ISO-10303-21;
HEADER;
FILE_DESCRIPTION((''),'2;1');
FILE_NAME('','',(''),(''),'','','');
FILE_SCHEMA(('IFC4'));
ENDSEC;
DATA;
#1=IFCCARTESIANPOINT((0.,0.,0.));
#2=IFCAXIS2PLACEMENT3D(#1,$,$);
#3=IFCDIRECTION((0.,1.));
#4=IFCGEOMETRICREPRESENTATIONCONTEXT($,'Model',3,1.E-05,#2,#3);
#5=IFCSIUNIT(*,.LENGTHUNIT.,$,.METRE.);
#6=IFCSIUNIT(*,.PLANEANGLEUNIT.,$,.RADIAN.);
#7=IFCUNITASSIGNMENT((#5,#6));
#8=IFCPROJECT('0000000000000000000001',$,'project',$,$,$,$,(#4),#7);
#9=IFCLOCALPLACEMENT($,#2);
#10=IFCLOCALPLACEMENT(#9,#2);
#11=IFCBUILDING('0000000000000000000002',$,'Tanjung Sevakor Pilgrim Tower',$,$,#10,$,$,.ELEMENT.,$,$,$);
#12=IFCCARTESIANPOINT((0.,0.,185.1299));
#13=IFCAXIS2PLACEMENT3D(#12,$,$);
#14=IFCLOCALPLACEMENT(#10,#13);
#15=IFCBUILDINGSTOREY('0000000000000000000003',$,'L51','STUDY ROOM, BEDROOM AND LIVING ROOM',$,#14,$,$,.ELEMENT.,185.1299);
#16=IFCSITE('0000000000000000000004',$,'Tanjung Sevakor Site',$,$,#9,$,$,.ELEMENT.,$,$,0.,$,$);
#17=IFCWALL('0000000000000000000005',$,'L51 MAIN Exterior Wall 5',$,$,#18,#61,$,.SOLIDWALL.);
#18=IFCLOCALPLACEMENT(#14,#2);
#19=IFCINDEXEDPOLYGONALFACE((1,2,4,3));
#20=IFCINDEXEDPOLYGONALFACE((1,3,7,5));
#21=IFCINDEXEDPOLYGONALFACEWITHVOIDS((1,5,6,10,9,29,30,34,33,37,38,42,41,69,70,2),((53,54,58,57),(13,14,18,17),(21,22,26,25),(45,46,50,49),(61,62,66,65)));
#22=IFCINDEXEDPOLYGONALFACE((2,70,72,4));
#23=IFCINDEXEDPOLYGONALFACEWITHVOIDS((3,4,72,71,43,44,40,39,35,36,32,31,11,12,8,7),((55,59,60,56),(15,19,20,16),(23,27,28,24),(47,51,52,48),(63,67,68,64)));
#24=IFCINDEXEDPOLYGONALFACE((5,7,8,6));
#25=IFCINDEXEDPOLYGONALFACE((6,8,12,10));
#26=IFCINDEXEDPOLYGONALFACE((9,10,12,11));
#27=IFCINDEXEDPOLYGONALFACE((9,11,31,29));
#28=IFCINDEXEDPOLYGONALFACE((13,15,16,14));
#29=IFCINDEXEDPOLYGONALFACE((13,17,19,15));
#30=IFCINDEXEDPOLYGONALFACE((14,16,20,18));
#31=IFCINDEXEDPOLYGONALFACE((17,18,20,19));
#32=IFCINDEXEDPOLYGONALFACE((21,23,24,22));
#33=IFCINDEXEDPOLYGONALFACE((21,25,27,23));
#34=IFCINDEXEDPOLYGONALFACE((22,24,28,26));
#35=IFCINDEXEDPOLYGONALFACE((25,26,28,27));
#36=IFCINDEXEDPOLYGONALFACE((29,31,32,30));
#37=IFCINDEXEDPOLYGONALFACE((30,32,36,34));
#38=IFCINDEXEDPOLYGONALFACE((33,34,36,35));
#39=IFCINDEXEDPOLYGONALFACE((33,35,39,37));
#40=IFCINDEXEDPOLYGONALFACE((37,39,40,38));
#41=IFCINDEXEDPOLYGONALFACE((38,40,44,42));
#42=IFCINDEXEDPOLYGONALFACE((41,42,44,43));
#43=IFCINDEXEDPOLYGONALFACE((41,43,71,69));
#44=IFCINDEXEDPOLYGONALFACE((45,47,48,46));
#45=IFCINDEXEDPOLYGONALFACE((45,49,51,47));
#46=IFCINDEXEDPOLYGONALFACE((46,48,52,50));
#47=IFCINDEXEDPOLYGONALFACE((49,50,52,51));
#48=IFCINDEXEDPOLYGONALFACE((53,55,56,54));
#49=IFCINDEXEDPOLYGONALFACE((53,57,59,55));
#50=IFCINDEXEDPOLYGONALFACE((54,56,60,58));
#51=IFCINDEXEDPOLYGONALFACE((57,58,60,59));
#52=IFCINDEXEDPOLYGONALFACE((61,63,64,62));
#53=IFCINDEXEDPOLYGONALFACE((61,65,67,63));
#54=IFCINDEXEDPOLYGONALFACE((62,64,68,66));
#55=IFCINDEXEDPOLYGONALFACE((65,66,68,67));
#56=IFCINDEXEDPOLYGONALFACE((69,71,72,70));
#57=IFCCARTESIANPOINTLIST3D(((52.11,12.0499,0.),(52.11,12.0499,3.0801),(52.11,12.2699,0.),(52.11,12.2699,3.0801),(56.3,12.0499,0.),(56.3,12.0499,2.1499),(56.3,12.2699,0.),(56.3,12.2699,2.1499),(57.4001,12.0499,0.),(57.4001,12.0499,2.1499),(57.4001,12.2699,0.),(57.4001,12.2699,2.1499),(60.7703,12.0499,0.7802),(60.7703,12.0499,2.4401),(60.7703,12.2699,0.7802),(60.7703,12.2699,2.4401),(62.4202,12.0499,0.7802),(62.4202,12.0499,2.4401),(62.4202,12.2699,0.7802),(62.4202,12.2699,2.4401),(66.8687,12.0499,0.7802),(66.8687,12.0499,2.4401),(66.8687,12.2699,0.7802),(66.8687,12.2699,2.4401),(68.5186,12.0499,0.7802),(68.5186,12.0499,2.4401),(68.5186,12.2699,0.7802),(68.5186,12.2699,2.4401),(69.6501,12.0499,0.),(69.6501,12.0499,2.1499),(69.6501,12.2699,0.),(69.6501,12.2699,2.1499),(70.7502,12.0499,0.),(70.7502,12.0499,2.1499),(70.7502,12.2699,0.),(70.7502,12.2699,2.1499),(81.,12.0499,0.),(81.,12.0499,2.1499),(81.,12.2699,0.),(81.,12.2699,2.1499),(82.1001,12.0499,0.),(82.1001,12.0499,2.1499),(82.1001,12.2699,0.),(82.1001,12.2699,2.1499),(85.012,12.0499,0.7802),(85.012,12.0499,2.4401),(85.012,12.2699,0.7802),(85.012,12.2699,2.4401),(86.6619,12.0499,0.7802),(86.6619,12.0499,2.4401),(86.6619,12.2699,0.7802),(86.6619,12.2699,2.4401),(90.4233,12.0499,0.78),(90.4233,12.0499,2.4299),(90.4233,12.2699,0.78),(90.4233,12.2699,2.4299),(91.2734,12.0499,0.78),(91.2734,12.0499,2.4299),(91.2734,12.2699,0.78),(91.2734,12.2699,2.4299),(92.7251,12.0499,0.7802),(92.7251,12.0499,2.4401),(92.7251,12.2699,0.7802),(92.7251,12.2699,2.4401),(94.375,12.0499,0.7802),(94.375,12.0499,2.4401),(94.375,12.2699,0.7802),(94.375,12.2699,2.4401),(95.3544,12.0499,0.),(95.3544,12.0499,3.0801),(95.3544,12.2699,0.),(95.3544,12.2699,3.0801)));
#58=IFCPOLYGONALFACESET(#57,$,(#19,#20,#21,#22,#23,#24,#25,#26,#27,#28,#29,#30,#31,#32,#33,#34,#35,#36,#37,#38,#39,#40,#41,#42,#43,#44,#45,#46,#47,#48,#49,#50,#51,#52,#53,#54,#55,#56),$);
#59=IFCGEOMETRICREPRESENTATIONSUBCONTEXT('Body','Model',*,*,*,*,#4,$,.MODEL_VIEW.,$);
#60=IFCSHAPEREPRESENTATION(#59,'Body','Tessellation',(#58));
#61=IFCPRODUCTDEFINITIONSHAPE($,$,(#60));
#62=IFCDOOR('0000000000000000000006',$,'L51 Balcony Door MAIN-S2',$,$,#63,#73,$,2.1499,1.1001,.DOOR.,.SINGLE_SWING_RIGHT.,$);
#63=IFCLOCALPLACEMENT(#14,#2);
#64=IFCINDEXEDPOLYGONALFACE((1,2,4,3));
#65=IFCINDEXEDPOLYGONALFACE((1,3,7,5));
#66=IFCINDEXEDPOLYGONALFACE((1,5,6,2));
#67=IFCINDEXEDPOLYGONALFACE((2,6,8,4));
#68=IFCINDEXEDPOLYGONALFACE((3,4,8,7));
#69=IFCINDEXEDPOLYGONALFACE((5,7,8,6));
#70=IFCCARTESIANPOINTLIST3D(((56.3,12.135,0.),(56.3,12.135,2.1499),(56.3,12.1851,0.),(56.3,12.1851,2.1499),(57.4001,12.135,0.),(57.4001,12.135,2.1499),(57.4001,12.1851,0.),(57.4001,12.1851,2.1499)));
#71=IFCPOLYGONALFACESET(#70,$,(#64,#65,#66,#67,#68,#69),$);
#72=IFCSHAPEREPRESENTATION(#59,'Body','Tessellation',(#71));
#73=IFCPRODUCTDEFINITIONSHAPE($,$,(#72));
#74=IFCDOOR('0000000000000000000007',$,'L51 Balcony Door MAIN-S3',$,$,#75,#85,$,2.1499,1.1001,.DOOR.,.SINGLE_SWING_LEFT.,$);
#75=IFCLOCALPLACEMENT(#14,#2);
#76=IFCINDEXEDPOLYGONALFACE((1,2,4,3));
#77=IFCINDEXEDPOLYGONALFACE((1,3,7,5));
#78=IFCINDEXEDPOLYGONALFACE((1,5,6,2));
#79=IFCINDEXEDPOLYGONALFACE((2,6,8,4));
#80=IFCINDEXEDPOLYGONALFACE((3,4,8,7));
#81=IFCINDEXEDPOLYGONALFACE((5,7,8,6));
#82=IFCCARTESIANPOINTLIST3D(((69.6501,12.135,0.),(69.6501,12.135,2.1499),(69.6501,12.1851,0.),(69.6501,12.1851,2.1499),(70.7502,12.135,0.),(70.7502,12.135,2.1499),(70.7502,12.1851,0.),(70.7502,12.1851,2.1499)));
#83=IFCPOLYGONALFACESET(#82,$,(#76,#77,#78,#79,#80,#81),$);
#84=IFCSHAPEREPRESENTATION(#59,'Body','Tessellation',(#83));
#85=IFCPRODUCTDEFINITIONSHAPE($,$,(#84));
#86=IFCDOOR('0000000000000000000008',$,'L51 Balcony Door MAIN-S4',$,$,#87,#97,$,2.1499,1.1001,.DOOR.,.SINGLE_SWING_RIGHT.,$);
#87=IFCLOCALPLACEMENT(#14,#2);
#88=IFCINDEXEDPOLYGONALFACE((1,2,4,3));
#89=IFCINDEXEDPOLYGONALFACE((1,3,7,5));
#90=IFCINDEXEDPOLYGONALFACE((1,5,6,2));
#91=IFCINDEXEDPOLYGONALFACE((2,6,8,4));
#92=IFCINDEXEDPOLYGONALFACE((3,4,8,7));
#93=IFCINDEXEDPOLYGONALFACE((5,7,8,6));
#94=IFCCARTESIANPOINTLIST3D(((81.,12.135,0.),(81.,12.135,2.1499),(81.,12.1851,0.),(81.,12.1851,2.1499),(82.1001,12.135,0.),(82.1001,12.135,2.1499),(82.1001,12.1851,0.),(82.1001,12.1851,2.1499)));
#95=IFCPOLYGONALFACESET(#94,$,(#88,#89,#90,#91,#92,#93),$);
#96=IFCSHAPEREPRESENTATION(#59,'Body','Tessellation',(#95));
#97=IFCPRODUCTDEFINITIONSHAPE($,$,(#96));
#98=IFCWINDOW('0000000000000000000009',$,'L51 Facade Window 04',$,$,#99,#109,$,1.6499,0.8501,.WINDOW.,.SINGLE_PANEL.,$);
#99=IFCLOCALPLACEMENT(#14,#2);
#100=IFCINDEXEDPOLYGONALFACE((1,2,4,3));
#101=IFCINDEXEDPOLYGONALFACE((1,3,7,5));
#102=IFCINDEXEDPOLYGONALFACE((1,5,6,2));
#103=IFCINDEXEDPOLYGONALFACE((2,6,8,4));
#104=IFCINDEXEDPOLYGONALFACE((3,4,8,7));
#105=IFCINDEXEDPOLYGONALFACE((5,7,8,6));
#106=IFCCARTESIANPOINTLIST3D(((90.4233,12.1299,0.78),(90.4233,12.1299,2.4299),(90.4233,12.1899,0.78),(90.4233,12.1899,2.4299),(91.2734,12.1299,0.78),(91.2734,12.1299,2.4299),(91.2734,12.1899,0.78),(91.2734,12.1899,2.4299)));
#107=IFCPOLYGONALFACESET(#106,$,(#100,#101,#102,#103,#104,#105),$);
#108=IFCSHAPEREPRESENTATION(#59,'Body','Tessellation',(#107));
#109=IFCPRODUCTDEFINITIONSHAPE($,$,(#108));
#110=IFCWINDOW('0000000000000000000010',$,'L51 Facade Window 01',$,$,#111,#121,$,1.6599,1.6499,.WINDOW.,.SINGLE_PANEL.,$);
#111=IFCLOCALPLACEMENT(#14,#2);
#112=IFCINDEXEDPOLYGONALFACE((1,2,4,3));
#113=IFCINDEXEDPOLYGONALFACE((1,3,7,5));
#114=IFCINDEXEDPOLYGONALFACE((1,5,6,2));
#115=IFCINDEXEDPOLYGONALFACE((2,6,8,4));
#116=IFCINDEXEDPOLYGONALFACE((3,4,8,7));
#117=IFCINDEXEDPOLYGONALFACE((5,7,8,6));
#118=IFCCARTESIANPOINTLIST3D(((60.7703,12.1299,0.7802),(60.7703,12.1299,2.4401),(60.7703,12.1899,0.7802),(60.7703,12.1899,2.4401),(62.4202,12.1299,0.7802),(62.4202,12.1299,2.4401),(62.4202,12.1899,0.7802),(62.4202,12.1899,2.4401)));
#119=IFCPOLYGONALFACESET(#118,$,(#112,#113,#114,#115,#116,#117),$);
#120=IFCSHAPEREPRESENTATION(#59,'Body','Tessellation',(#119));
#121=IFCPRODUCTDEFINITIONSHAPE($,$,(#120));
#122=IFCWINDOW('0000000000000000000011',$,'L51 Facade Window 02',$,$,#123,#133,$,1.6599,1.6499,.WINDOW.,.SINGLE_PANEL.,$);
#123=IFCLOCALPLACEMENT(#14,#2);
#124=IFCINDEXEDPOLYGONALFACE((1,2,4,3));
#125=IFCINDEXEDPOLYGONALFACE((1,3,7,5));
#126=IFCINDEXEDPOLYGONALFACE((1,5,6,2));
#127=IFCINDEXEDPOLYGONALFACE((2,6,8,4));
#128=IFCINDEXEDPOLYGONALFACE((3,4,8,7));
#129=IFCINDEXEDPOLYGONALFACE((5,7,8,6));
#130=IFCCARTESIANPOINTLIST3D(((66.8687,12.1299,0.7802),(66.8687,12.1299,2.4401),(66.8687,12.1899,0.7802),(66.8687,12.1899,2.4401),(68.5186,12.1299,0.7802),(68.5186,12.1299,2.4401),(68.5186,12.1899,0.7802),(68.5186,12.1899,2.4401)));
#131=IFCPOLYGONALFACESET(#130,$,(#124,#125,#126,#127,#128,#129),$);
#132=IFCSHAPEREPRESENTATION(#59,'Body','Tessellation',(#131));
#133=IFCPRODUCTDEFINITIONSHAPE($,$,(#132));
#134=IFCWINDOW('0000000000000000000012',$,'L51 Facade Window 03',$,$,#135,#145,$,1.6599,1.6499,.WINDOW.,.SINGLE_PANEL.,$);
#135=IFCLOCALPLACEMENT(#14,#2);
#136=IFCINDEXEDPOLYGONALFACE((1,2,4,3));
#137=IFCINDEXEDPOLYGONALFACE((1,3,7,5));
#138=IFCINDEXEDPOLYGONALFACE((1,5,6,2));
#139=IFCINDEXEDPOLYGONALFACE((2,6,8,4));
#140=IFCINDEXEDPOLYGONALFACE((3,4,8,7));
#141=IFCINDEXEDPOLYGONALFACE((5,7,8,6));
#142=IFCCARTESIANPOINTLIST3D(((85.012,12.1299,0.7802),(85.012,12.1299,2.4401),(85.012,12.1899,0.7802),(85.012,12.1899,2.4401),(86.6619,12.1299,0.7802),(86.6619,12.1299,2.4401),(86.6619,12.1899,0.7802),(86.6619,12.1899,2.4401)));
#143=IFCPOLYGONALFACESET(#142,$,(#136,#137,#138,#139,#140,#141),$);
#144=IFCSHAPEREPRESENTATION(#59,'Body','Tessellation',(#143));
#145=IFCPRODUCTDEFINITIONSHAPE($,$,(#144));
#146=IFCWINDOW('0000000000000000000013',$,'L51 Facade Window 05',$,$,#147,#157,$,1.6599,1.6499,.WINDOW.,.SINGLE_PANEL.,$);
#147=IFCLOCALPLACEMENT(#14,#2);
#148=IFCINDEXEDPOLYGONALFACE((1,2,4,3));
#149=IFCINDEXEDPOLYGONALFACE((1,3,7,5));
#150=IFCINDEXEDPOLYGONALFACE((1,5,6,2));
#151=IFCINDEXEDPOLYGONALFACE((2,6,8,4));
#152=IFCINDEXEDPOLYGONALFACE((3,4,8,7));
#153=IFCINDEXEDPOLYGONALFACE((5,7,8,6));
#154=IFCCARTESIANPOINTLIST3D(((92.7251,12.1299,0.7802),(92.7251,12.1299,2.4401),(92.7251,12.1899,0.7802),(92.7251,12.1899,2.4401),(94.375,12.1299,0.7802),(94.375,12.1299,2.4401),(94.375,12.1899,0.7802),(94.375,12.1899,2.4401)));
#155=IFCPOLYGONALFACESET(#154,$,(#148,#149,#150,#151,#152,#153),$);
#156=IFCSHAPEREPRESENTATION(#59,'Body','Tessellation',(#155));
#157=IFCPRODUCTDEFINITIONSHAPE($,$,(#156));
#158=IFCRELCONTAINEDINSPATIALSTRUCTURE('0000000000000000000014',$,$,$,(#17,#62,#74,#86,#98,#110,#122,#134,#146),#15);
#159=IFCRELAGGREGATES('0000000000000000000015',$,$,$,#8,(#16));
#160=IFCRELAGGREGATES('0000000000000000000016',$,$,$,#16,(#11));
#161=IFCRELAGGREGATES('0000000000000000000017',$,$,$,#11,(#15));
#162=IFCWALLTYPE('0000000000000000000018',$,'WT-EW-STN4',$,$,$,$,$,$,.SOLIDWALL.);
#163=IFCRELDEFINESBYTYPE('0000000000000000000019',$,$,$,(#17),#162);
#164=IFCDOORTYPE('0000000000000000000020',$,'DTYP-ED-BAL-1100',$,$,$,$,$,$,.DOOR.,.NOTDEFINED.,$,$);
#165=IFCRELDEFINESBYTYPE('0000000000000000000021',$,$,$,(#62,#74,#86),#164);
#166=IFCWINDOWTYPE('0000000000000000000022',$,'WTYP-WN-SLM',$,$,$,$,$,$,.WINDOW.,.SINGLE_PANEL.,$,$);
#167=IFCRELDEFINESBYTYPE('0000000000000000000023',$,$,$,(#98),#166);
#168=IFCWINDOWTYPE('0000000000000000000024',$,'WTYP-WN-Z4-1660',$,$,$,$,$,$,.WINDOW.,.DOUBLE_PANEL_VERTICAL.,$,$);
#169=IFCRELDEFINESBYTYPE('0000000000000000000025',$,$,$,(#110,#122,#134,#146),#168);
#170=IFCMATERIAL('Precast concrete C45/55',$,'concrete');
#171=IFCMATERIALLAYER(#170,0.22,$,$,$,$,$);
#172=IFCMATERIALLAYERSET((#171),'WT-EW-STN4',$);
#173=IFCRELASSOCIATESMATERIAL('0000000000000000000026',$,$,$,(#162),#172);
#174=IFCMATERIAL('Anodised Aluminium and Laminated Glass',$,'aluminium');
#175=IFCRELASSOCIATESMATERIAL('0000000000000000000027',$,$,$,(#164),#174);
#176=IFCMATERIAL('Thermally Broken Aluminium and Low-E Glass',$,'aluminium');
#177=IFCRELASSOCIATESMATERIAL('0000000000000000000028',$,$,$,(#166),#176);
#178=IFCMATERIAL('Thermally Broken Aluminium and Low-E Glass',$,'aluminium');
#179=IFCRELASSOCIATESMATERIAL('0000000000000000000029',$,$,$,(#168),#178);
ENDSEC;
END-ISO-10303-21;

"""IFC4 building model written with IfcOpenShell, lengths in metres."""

from ifc_helpers import new_model, si_unit, direction, frame, frame_2d, origin, place, context, subcontext, project, spatial, rectangle, extrude, material, layer, layer_set, type_object, element, fill, save


model = new_model("IFC4")

# Units and contexts
model_context = context("Model", 3, precision=1e-05, world=origin(), true_north=direction((0.0, 1.0)))
body_context = subcontext(model_context, "Body", "Model", "MODEL_VIEW")
ifc_project = project(units=[si_unit("LENGTHUNIT", "METRE"), si_unit("PLANEANGLEUNIT", "RADIAN")], contexts=[model_context])

# Site, building, storey
site_placement = place(None, origin())
site = spatial("IfcSite", under=ifc_project, at=site_placement, Name="Tanjung Sevakor Site", CompositionType="ELEMENT", RefElevation=0.0)
building_placement = place(site_placement, origin())
building = spatial("IfcBuilding", under=site, at=building_placement, Name="Tanjung Sevakor Pilgrim Tower", CompositionType="ELEMENT")
storey_placement = place(building_placement, frame((0.0, 0.0, 185.1299)))
storey = spatial("IfcBuildingStorey", under=building, at=storey_placement, Name="L51", Description="STUDY ROOM, BEDROOM AND LIVING ROOM", CompositionType="ELEMENT", Elevation=185.1299)

# Shared definitions
ifc_material_1 = material(Name="Precast concrete C45/55", Category="concrete")
ifc_layer_1 = layer(ifc_material_1, 0.22)
ifc_layer_set_1 = layer_set([ifc_layer_1], Name="WT-EW-STN4")
wall_type_1 = type_object("IfcWallType", Name="WT-EW-STN4", PredefinedType="SOLIDWALL", material=ifc_layer_set_1)

# Wall, openings, doors, windows
wall_1_placement = place(storey_placement, frame((52.1101, 12.1599, 0.0), z_axis=(0.0, 0.0, 1.0), x_axis=(1.0, 0.0, 0.0)))
wall_1 = element("IfcWall", 1, at=wall_1_placement, inside=storey, type_object=wall_type_1, Name="L51 MAIN Exterior Wall 5", PredefinedType="SOLIDWALL", context=body_context, shape_type="SweptSolid", body=[
    extrude(rectangle(XDim=43.2444, YDim=0.22, at=frame_2d((21.6221, 0.0))), origin(), (0.0, 0.0, 1.0), 3.0801),
])
opening_1_placement = place(wall_1_placement, frame((4.1899, 0.0, 0.0)))
opening_1 = element("IfcOpeningElement", 2, at=opening_1_placement, cuts=wall_1, PredefinedType="OPENING", context=body_context, shape_type="SweptSolid", body=[
    extrude(rectangle(XDim=1.1001, YDim=2.1499, at=frame_2d((0.55, 1.075))), frame((0.0, 0.1199, 0.0), z_axis=(0.0, -1.0, 0.0), x_axis=(1.0, 0.0, 0.0)), (0.0, 0.0, 1.0), 0.24),
])
opening_2_placement = place(wall_1_placement, frame((17.54, 0.0, 0.0)))
opening_2 = element("IfcOpeningElement", 3, at=opening_2_placement, cuts=wall_1, PredefinedType="OPENING", context=body_context, shape_type="SweptSolid", body=[
    extrude(rectangle(XDim=1.1001, YDim=2.1499, at=frame_2d((0.55, 1.075))), frame((0.0, 0.1199, 0.0), z_axis=(0.0, -1.0, 0.0), x_axis=(1.0, 0.0, 0.0)), (0.0, 0.0, 1.0), 0.24),
])
opening_3_placement = place(wall_1_placement, frame((28.8899, 0.0, 0.0)))
opening_3 = element("IfcOpeningElement", 4, at=opening_3_placement, cuts=wall_1, PredefinedType="OPENING", context=body_context, shape_type="SweptSolid", body=[
    extrude(rectangle(XDim=1.1001, YDim=2.1499, at=frame_2d((0.55, 1.075))), frame((0.0, 0.1199, 0.0), z_axis=(0.0, -1.0, 0.0), x_axis=(1.0, 0.0, 0.0)), (0.0, 0.0, 1.0), 0.24),
])
opening_4_placement = place(wall_1_placement, frame((8.6602, 0.0, 0.78)))
opening_4 = element("IfcOpeningElement", 5, at=opening_4_placement, cuts=wall_1, PredefinedType="OPENING", context=body_context, shape_type="SweptSolid", body=[
    extrude(rectangle(XDim=1.6499, YDim=1.6599, at=frame_2d((0.825, 0.8301))), frame((0.0, 0.1199, 0.0), z_axis=(0.0, -1.0, 0.0), x_axis=(1.0, 0.0, 0.0)), (0.0, 0.0, 1.0), 0.24),
])
opening_5_placement = place(wall_1_placement, frame((14.7585, 0.0, 0.78)))
opening_5 = element("IfcOpeningElement", 6, at=opening_5_placement, cuts=wall_1, PredefinedType="OPENING", context=body_context, shape_type="SweptSolid", body=[
    extrude(rectangle(XDim=1.6499, YDim=1.6599, at=frame_2d((0.825, 0.8301))), frame((0.0, 0.1199, 0.0), z_axis=(0.0, -1.0, 0.0), x_axis=(1.0, 0.0, 0.0)), (0.0, 0.0, 1.0), 0.24),
])
opening_6_placement = place(wall_1_placement, frame((32.9019, 0.0, 0.78)))
opening_6 = element("IfcOpeningElement", 7, at=opening_6_placement, cuts=wall_1, PredefinedType="OPENING", context=body_context, shape_type="SweptSolid", body=[
    extrude(rectangle(XDim=1.6499, YDim=1.6599, at=frame_2d((0.825, 0.8301))), frame((0.0, 0.1199, 0.0), z_axis=(0.0, -1.0, 0.0), x_axis=(1.0, 0.0, 0.0)), (0.0, 0.0, 1.0), 0.24),
])
opening_7_placement = place(wall_1_placement, frame((38.3132, 0.0, 0.78)))
opening_7 = element("IfcOpeningElement", 8, at=opening_7_placement, cuts=wall_1, PredefinedType="OPENING", context=body_context, shape_type="SweptSolid", body=[
    extrude(rectangle(XDim=0.8501, YDim=1.6499, at=frame_2d((0.425, 0.825))), frame((0.0, 0.1199, 0.0), z_axis=(0.0, -1.0, 0.0), x_axis=(1.0, 0.0, 0.0)), (0.0, 0.0, 1.0), 0.24),
])
opening_8_placement = place(wall_1_placement, frame((40.615, 0.0, 0.78)))
opening_8 = element("IfcOpeningElement", 9, at=opening_8_placement, cuts=wall_1, PredefinedType="OPENING", context=body_context, shape_type="SweptSolid", body=[
    extrude(rectangle(XDim=1.6499, YDim=1.6599, at=frame_2d((0.825, 0.8301))), frame((0.0, 0.1199, 0.0), z_axis=(0.0, -1.0, 0.0), x_axis=(1.0, 0.0, 0.0)), (0.0, 0.0, 1.0), 0.24),
])
ifc_material_2 = material(Name="Anodised Aluminium and Laminated Glass", Category="aluminium")
door_type = type_object("IfcDoorType", Name="DTYP-ED-BAL-1100", OperationType="NOTDEFINED", PredefinedType="DOOR", material=ifc_material_2)
door_1_placement = place(opening_1_placement, frame((1.1001, 0.0, 0.0), z_axis=(0.0, 0.0, 1.0), x_axis=(-1.0, 0.0, 0.0)))
door_1 = element("IfcDoor", 10, at=door_1_placement, inside=storey, type_object=door_type, Name="L51 Balcony Door MAIN-S2", OperationType="SINGLE_SWING_RIGHT", OverallHeight=2.1499, OverallWidth=1.1001, PredefinedType="DOOR", context=body_context, shape_type="SweptSolid", body=[
    extrude(rectangle(XDim=1.1001, YDim=2.1499, at=frame_2d((0.55, 1.075))), frame((0.0, 0.0249, 0.0), z_axis=(0.0, -1.0, 0.0), x_axis=(1.0, 0.0, 0.0)), (0.0, 0.0, 1.0), 0.05),
])
fill(opening_1, door_1)
door_2_placement = place(opening_2_placement, frame((1.1001, 0.0, 0.0), z_axis=(0.0, 0.0, 1.0), x_axis=(-1.0, 0.0, 0.0)))
door_2 = element("IfcDoor", 11, at=door_2_placement, inside=storey, type_object=door_type, Name="L51 Balcony Door MAIN-S3", OperationType="SINGLE_SWING_LEFT", OverallHeight=2.1499, OverallWidth=1.1001, PredefinedType="DOOR", context=body_context, shape_type="SweptSolid", body=[
    extrude(rectangle(XDim=1.1001, YDim=2.1499, at=frame_2d((0.55, 1.075))), frame((0.0, 0.0249, 0.0), z_axis=(0.0, -1.0, 0.0), x_axis=(1.0, 0.0, 0.0)), (0.0, 0.0, 1.0), 0.05),
])
fill(opening_2, door_2)
door_3_placement = place(opening_3_placement, frame((1.1001, 0.0, 0.0), z_axis=(0.0, 0.0, 1.0), x_axis=(-1.0, 0.0, 0.0)))
door_3 = element("IfcDoor", 12, at=door_3_placement, inside=storey, type_object=door_type, Name="L51 Balcony Door MAIN-S4", OperationType="SINGLE_SWING_RIGHT", OverallHeight=2.1499, OverallWidth=1.1001, PredefinedType="DOOR", context=body_context, shape_type="SweptSolid", body=[
    extrude(rectangle(XDim=1.1001, YDim=2.1499, at=frame_2d((0.55, 1.075))), frame((0.0, 0.0249, 0.0), z_axis=(0.0, -1.0, 0.0), x_axis=(1.0, 0.0, 0.0)), (0.0, 0.0, 1.0), 0.05),
])
fill(opening_3, door_3)
ifc_material_3 = material(Name="Thermally Broken Aluminium and Low-E Glass", Category="aluminium")
window_type_1 = type_object("IfcWindowType", Name="WTYP-WN-SLM", PartitioningType="SINGLE_PANEL", PredefinedType="WINDOW", material=ifc_material_3)
window_1_placement = place(opening_7_placement, origin())
window_1 = element("IfcWindow", 13, at=window_1_placement, inside=storey, type_object=window_type_1, Name="L51 Facade Window 04", OverallHeight=1.6499, OverallWidth=0.8501, PartitioningType="SINGLE_PANEL", PredefinedType="WINDOW", context=body_context, shape_type="SweptSolid", body=[
    extrude(rectangle(XDim=0.8501, YDim=1.6499, at=frame_2d((0.425, 0.825))), frame((0.0, 0.03, 0.0), z_axis=(0.0, -1.0, 0.0), x_axis=(1.0, 0.0, 0.0)), (0.0, 0.0, 1.0), 0.0601),
])
fill(opening_7, window_1)
ifc_material_4 = material(Name="Thermally Broken Aluminium and Low-E Glass", Category="aluminium")
window_type_2 = type_object("IfcWindowType", Name="WTYP-WN-Z4-1660", PartitioningType="DOUBLE_PANEL_VERTICAL", PredefinedType="WINDOW", material=ifc_material_4)
window_2_placement = place(opening_4_placement, origin())
window_2 = element("IfcWindow", 14, at=window_2_placement, inside=storey, type_object=window_type_2, Name="L51 Facade Window 01", OverallHeight=1.6599, OverallWidth=1.6499, PartitioningType="SINGLE_PANEL", PredefinedType="WINDOW", context=body_context, shape_type="SweptSolid", body=[
    extrude(rectangle(XDim=1.6499, YDim=1.6599, at=frame_2d((0.825, 0.8301))), frame((0.0, 0.03, 0.0), z_axis=(0.0, -1.0, 0.0), x_axis=(1.0, 0.0, 0.0)), (0.0, 0.0, 1.0), 0.0601),
])
fill(opening_4, window_2)
window_3_placement = place(opening_5_placement, origin())
window_3 = element("IfcWindow", 15, at=window_3_placement, inside=storey, type_object=window_type_2, Name="L51 Facade Window 02", OverallHeight=1.6599, OverallWidth=1.6499, PartitioningType="SINGLE_PANEL", PredefinedType="WINDOW", context=body_context, shape_type="SweptSolid", body=[
    extrude(rectangle(XDim=1.6499, YDim=1.6599, at=frame_2d((0.825, 0.8301))), frame((0.0, 0.03, 0.0), z_axis=(0.0, -1.0, 0.0), x_axis=(1.0, 0.0, 0.0)), (0.0, 0.0, 1.0), 0.0601),
])
fill(opening_5, window_3)
window_4_placement = place(opening_6_placement, origin())
window_4 = element("IfcWindow", 16, at=window_4_placement, inside=storey, type_object=window_type_2, Name="L51 Facade Window 03", OverallHeight=1.6599, OverallWidth=1.6499, PartitioningType="SINGLE_PANEL", PredefinedType="WINDOW", context=body_context, shape_type="SweptSolid", body=[
    extrude(rectangle(XDim=1.6499, YDim=1.6599, at=frame_2d((0.825, 0.8301))), frame((0.0, 0.03, 0.0), z_axis=(0.0, -1.0, 0.0), x_axis=(1.0, 0.0, 0.0)), (0.0, 0.0, 1.0), 0.0601),
])
fill(opening_6, window_4)
window_5_placement = place(opening_8_placement, origin())
window_5 = element("IfcWindow", 17, at=window_5_placement, inside=storey, type_object=window_type_2, Name="L51 Facade Window 05", OverallHeight=1.6599, OverallWidth=1.6499, PartitioningType="SINGLE_PANEL", PredefinedType="WINDOW", context=body_context, shape_type="SweptSolid", body=[
    extrude(rectangle(XDim=1.6499, YDim=1.6599, at=frame_2d((0.825, 0.8301))), frame((0.0, 0.03, 0.0), z_axis=(0.0, -1.0, 0.0), x_axis=(1.0, 0.0, 0.0)), (0.0, 0.0, 1.0), 0.0601),
])
fill(opening_8, window_5)

save(model, "model.ifc")
